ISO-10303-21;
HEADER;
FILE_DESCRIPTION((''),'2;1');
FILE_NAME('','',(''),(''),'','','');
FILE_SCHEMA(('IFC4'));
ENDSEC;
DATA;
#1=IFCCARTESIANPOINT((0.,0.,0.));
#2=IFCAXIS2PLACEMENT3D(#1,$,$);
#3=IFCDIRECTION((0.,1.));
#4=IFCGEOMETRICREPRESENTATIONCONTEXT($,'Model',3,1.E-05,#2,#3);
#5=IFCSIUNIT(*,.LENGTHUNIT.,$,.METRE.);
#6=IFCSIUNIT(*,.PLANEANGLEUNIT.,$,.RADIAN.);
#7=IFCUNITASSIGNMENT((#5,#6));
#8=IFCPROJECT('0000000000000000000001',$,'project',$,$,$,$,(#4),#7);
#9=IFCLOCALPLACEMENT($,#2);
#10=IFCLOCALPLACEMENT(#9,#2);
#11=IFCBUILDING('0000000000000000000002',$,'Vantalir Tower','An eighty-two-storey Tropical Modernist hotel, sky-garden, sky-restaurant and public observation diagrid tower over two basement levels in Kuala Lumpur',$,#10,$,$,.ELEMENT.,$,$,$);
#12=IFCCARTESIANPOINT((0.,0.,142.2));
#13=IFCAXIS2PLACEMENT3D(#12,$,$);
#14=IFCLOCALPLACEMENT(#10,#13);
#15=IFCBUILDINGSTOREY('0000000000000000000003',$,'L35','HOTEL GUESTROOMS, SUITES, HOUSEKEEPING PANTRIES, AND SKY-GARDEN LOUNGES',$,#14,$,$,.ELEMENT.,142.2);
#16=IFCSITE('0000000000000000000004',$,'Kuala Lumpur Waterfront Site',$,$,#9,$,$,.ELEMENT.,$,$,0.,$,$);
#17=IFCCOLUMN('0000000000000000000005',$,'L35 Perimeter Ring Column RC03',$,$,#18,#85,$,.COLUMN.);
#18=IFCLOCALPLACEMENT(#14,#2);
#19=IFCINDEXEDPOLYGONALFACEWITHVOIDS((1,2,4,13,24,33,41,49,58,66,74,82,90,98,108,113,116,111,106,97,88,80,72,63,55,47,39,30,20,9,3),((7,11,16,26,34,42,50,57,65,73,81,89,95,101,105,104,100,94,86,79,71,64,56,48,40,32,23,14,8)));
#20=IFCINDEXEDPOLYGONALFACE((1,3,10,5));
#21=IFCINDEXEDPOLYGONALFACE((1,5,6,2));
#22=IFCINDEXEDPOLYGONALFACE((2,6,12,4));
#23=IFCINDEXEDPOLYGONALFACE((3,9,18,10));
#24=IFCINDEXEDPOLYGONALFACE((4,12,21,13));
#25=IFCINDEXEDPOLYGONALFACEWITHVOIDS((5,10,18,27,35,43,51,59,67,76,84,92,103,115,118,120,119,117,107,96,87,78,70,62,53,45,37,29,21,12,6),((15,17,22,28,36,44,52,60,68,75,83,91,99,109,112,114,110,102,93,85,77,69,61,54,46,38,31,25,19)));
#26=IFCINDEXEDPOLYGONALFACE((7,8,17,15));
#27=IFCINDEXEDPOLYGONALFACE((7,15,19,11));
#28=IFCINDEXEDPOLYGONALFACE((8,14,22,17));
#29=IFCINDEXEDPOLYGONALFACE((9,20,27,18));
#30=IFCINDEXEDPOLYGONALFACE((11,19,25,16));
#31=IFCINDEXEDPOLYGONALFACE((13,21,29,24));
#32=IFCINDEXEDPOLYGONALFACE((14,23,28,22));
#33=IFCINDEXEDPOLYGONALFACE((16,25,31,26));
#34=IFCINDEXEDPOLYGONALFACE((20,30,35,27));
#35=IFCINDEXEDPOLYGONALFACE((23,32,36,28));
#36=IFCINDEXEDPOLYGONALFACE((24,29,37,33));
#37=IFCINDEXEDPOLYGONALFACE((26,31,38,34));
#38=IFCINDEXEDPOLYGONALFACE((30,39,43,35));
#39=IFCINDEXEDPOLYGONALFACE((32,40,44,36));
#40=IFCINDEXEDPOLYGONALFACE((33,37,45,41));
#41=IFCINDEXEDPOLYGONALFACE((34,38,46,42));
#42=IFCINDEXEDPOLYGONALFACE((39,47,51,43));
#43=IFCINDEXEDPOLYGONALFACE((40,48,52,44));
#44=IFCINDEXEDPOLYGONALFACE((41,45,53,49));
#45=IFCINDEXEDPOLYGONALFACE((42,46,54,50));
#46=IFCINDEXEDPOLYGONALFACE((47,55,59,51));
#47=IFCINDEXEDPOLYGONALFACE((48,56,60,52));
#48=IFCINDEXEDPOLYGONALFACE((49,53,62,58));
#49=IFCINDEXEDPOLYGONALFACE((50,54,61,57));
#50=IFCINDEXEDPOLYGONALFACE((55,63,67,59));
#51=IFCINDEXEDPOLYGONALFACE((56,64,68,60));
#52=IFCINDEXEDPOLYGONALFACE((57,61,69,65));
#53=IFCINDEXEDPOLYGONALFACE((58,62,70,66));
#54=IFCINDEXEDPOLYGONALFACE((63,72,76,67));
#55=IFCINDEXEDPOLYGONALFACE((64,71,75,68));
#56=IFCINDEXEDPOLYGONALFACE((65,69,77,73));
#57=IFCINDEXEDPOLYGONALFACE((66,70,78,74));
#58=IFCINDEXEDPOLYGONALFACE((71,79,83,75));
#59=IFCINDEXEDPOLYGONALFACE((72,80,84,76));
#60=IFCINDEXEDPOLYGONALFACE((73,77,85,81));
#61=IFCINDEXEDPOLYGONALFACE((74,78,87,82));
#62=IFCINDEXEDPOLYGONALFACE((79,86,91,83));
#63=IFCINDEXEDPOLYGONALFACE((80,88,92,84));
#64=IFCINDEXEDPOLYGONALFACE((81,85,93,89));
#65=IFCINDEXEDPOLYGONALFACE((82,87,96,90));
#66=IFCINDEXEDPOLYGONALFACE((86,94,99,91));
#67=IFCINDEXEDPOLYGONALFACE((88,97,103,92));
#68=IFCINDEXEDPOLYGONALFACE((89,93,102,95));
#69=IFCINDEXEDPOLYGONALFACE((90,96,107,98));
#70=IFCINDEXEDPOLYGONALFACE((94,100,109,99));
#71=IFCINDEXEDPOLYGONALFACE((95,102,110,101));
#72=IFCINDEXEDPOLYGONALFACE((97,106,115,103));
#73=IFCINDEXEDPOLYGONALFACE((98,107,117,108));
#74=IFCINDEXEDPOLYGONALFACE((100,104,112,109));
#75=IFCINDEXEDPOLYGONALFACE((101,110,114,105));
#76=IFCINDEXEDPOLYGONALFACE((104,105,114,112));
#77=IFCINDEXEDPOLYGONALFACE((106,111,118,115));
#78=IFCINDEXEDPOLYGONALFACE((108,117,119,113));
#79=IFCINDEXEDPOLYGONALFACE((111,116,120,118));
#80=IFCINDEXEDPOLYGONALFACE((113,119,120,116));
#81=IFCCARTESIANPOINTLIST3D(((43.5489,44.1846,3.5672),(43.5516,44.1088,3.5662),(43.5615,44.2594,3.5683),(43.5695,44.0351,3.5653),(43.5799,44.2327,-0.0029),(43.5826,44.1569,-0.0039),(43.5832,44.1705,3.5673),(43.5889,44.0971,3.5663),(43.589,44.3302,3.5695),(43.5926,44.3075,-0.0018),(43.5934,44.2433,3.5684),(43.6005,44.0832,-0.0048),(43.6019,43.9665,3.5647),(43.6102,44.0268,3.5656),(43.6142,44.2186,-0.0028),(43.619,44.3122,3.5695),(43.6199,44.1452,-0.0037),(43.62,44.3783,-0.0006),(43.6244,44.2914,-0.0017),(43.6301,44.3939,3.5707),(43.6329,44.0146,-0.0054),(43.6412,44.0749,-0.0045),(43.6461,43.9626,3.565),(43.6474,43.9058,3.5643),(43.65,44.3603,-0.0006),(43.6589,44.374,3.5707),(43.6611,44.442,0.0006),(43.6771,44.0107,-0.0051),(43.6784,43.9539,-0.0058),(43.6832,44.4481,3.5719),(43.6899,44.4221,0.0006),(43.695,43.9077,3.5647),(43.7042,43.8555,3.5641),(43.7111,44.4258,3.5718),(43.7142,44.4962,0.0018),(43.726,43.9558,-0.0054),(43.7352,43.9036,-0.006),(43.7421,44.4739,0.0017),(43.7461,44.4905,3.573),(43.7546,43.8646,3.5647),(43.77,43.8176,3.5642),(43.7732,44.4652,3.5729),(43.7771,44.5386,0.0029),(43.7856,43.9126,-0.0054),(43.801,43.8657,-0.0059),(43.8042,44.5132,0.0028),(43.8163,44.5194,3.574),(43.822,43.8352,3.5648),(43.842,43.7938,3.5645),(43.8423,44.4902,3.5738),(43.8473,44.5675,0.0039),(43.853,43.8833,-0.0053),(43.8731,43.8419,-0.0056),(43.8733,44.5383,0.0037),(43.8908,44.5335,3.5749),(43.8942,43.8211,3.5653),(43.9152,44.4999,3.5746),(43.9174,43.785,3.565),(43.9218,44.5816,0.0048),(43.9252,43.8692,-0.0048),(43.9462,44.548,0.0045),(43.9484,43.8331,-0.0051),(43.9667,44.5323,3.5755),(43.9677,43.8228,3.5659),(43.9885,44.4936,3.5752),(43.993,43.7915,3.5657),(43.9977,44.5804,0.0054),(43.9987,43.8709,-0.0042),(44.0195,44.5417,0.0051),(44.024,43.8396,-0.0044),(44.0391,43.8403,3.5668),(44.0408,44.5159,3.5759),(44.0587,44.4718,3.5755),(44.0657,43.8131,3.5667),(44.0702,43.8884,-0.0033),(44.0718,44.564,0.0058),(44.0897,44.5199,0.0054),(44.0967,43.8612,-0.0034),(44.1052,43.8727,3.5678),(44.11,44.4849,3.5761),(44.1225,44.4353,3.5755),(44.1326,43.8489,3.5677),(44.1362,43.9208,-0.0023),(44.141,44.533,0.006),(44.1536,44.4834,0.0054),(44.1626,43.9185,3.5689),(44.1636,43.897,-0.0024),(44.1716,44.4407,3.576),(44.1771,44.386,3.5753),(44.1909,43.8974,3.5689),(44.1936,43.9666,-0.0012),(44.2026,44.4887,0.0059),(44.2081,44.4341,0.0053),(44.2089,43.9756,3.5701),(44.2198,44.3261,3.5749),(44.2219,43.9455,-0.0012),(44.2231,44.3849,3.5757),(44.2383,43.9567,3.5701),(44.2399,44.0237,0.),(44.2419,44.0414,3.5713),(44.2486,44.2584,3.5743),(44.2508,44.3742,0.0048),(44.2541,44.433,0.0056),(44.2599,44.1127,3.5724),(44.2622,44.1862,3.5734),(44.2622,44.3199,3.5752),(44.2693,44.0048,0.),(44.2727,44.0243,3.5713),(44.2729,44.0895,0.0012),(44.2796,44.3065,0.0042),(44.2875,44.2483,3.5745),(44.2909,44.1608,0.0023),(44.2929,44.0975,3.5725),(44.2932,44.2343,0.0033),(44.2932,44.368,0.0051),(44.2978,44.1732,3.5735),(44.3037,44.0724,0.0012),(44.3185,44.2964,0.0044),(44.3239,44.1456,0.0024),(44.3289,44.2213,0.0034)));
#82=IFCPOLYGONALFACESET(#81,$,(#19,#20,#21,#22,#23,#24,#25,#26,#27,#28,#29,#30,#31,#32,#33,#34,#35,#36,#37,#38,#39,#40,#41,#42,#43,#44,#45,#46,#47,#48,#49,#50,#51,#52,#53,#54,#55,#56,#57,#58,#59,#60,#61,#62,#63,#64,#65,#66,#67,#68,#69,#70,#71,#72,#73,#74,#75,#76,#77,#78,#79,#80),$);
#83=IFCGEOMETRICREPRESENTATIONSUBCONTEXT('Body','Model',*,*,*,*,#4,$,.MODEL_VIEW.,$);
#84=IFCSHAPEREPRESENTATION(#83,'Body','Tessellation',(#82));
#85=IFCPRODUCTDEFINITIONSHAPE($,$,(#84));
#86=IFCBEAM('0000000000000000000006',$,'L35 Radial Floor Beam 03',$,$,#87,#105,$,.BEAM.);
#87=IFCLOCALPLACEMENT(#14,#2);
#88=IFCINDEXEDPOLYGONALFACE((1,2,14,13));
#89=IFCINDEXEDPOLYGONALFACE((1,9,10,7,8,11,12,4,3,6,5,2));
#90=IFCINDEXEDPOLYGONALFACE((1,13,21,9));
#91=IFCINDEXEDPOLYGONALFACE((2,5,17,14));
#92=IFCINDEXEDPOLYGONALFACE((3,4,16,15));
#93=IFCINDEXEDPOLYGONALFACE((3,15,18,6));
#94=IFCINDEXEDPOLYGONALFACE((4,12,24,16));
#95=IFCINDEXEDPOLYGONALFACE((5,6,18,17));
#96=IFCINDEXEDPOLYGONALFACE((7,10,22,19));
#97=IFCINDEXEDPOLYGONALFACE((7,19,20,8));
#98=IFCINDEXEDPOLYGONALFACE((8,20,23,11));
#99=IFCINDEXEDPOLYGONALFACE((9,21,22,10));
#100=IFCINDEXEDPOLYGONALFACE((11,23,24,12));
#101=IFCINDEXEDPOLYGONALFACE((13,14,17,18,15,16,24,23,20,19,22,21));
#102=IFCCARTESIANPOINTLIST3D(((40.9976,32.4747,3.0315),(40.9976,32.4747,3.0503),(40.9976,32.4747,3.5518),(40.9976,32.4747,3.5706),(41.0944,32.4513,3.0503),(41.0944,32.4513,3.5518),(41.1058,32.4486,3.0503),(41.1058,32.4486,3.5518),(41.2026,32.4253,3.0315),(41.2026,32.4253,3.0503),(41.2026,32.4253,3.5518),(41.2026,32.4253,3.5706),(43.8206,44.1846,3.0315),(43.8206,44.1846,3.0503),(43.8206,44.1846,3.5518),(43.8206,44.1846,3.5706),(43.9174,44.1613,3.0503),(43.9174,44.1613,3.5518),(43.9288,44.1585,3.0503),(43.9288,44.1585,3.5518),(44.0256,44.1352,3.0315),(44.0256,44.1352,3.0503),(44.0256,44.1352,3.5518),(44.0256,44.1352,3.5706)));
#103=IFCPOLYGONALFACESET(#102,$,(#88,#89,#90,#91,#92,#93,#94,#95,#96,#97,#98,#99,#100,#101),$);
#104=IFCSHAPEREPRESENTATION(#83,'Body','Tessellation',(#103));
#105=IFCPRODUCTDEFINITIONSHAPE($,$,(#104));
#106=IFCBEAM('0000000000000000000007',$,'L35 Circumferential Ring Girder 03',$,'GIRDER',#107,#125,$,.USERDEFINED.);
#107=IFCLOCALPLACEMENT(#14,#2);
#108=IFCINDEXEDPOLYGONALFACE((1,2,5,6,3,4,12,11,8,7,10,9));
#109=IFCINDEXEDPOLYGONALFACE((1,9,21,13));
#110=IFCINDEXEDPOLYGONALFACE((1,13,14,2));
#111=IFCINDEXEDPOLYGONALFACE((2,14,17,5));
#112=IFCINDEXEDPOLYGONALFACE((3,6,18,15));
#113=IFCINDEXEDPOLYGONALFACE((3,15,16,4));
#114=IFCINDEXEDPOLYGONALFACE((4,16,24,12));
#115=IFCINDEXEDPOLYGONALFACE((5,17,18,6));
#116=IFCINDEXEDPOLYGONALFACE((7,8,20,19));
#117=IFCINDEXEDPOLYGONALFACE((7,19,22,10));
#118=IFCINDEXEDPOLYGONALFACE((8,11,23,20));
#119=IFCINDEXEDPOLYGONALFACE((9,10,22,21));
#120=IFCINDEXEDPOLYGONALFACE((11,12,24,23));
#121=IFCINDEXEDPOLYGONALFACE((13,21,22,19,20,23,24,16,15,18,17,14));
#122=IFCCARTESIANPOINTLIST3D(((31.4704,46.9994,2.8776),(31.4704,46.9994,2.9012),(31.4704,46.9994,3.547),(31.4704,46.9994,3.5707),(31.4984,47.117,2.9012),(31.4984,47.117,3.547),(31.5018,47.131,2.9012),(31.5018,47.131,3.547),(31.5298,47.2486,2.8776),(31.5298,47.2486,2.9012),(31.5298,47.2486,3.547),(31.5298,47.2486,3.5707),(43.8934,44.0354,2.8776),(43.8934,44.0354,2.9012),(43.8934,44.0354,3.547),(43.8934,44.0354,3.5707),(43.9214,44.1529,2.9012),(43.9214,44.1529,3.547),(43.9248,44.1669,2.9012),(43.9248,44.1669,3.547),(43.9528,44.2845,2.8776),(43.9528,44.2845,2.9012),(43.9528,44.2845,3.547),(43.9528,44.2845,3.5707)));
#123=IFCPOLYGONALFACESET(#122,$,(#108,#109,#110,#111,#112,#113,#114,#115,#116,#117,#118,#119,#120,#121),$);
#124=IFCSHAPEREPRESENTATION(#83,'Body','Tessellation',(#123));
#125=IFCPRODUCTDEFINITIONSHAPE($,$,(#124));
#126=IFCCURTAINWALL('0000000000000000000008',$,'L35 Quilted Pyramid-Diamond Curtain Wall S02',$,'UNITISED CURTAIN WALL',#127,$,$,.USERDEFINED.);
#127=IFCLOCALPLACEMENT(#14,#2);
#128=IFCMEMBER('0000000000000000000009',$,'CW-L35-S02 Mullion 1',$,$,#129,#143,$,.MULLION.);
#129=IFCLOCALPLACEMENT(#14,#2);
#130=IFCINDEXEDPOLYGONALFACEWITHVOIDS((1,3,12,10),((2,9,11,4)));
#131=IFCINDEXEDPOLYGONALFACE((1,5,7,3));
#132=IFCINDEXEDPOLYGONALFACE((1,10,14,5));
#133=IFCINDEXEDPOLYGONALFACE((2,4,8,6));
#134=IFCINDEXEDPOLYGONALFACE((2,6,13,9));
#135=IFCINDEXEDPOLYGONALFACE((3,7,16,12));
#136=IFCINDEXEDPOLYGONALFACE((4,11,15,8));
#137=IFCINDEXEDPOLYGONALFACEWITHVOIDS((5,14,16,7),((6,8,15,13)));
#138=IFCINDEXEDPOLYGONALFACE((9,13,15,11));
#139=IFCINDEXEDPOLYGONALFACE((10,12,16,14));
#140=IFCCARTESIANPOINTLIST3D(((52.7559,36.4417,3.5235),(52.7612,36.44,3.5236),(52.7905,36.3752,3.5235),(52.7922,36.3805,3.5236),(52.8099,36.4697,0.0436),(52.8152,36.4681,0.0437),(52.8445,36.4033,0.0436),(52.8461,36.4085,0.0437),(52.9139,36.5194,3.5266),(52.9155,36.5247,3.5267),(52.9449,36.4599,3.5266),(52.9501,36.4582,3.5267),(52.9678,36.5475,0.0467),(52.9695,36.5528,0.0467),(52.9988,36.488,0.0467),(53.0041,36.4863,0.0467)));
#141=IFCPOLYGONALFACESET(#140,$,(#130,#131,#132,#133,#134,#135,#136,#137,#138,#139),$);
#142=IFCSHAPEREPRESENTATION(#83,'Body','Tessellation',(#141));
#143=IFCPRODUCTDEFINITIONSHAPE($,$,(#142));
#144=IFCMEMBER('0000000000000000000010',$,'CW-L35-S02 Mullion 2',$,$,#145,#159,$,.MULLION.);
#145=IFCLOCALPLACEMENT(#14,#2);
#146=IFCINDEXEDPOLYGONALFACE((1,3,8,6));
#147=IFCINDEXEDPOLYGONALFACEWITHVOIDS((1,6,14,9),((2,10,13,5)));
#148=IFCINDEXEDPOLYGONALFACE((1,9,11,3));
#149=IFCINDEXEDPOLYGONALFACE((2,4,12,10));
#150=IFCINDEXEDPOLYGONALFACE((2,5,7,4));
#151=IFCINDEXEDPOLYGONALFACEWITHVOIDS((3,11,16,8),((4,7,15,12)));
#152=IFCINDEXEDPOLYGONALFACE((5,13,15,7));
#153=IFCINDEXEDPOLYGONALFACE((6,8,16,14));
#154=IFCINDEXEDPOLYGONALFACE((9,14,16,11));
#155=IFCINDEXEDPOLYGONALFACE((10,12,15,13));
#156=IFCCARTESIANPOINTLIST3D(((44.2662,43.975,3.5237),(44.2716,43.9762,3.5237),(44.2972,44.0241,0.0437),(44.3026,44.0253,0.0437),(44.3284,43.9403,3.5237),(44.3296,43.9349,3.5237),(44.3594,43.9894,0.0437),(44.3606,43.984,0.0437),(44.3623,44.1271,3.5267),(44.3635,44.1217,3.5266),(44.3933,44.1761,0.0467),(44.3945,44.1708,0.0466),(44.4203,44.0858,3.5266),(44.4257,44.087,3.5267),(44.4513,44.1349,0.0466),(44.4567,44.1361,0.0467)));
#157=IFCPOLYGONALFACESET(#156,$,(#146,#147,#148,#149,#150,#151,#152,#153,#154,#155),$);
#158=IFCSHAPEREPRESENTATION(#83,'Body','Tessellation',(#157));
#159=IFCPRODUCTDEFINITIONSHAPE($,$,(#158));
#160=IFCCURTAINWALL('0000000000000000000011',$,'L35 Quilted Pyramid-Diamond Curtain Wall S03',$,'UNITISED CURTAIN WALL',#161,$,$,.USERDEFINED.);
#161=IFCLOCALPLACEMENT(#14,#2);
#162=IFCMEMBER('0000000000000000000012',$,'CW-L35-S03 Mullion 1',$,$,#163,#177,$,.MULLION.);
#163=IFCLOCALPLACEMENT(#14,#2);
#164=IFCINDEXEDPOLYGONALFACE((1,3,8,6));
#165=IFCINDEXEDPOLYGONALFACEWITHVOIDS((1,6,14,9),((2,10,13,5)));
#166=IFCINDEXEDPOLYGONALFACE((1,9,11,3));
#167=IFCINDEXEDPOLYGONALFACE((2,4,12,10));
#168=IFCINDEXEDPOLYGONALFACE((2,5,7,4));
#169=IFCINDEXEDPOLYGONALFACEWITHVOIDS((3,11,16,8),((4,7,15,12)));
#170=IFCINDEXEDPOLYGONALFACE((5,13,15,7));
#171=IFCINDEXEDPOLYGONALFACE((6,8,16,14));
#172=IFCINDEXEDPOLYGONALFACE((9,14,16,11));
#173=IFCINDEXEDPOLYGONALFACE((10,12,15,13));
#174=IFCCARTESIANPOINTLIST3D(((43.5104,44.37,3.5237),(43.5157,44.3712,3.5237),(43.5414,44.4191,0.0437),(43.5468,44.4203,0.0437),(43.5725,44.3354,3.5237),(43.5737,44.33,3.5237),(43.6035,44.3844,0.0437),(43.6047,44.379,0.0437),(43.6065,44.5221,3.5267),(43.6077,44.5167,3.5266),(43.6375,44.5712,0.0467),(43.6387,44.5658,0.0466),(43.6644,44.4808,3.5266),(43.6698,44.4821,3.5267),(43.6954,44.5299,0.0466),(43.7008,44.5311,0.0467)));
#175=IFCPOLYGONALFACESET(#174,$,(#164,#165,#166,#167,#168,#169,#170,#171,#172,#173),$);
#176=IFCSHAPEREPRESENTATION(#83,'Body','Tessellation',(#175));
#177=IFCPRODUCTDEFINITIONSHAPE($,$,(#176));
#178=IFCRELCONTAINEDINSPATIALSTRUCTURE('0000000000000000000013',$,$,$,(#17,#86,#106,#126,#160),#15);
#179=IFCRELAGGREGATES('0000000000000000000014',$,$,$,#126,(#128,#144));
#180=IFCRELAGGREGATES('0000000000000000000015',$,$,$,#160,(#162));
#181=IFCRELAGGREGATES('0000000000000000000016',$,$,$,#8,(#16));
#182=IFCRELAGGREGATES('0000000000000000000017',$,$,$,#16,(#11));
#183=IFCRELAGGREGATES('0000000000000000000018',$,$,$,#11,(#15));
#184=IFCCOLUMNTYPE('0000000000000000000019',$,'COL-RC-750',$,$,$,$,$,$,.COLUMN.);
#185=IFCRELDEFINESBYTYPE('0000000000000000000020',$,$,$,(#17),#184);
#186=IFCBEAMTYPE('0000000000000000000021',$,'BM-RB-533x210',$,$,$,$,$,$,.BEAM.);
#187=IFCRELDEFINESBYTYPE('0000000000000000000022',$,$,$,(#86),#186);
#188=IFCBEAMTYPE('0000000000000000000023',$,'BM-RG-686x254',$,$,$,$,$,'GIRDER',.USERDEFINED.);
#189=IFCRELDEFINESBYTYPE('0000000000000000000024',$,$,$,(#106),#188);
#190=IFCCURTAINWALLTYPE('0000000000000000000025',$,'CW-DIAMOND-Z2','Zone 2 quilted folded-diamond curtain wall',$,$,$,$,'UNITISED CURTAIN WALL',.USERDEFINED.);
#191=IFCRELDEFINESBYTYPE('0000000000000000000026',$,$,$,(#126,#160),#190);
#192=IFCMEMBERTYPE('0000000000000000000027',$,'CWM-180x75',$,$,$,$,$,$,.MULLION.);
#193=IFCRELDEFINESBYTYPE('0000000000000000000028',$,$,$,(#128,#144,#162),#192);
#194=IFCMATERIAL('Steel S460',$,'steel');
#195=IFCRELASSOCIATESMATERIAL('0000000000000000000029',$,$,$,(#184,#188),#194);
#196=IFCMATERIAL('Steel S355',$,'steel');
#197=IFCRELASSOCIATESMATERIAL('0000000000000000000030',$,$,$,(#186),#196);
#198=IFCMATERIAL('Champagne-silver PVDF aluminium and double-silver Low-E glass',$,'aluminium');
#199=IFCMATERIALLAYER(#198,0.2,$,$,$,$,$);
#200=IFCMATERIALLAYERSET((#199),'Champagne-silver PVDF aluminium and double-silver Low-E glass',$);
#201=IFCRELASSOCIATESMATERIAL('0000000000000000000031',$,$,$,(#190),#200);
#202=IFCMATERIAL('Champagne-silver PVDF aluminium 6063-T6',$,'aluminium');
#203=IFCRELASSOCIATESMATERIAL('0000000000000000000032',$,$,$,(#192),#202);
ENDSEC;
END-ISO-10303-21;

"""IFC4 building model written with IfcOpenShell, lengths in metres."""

from ifc_helpers import new_model, si_unit, direction, frame, origin, origin_2d, place, context, subcontext, project, spatial, hollow_rectangle, hollow_circle, i_section, extrude, material, layer, layer_set, material_profile, profile_set, type_object, element, aggregate, save


model = new_model("IFC4")

# Units and contexts
model_context = context("Model", 3, precision=1e-05, world=origin(), true_north=direction((0.0, 1.0)))
body_context = subcontext(model_context, "Body", "Model", "MODEL_VIEW")
ifc_project = project(units=[si_unit("LENGTHUNIT", "METRE"), si_unit("PLANEANGLEUNIT", "RADIAN")], contexts=[model_context])

# Site, building, storey
site_placement = place(None, origin())
site = spatial("IfcSite", under=ifc_project, at=site_placement, Name="Kuala Lumpur Waterfront Site", CompositionType="ELEMENT", RefElevation=0.0)
building_placement = place(site_placement, origin())
building = spatial("IfcBuilding", under=site, at=building_placement, Name="Vantalir Tower", Description="An eighty-two-storey Tropical Modernist hotel, sky-garden, sky-restaurant and public observation diagrid tower over two basement levels in Kuala Lumpur", CompositionType="ELEMENT")
storey_placement = place(building_placement, frame((0.0, 0.0, 142.2)))
storey = spatial("IfcBuildingStorey", under=building, at=storey_placement, Name="L35", Description="HOTEL GUESTROOMS, SUITES, HOUSEKEEPING PANTRIES, AND SKY-GARDEN LOUNGES", CompositionType="ELEMENT", Elevation=142.2)

# Column
ifc_material_1 = material(Name="Steel S460", Category="steel")
ifc_material_profile_1 = material_profile(ifc_material_1, hollow_circle(Radius=0.375, WallThickness=0.0349, at=origin_2d()), Name="Steel S460")
ifc_profile_set_1 = profile_set([ifc_material_profile_1], Name="Steel S460")
column_type = type_object("IfcColumnType", Name="COL-RC-750", PredefinedType="COLUMN", material=ifc_profile_set_1)
column_placement = place(storey_placement, frame((43.9541, 44.208, 0.0), z_axis=(-0.008684, -0.01347, 0.999872), x_axis=(0.840485, -0.541835, 0.0)))
element("IfcColumn", 1, at=column_placement, inside=storey, type_object=column_type, Name="L35 Perimeter Ring Column RC03", PredefinedType="COLUMN", context=body_context, shape_type="SweptSolid", body=[
    extrude(hollow_circle(Radius=0.375, WallThickness=0.0349, at=origin_2d()), origin(), (0.0, 0.0, 1.0), 3.5706),
])

# Beams
ifc_material_2 = material(Name="Steel S355", Category="steel")
ifc_material_profile_2 = material_profile(ifc_material_2, i_section(OverallWidth=0.2109, OverallDepth=0.5391, WebThickness=0.0117, FlangeThickness=0.0188, at=origin_2d()), Name="Steel S355")
ifc_profile_set_2 = profile_set([ifc_material_profile_2], Name="Steel S355")
beam_type_1 = type_object("IfcBeamType", Name="BM-RB-533x210", PredefinedType="BEAM", material=ifc_profile_set_2)
beam_1_placement = place(storey_placement, frame((43.9231, 44.1599, 3.301), z_axis=(-0.234362, -0.972149, 0.0), x_axis=(0.972149, -0.234362, 0.0)))
element("IfcBeam", 2, at=beam_1_placement, inside=storey, type_object=beam_type_1, Name="L35 Radial Floor Beam 03", PredefinedType="BEAM", context=body_context, shape_type="SweptSolid", body=[
    extrude(i_section(OverallWidth=0.2109, OverallDepth=0.5391, WebThickness=0.0117, FlangeThickness=0.0188, at=origin_2d()), origin(), (0.0, 0.0, 1.0), 12.0454),
])
ifc_material_profile_3 = material_profile(ifc_material_1, i_section(OverallWidth=0.2561, OverallDepth=0.6931, WebThickness=0.0144, FlangeThickness=0.0237, at=origin_2d()), Name="Steel S460")
ifc_profile_set_3 = profile_set([ifc_material_profile_3], Name="Steel S460")
beam_type_2 = type_object("IfcBeamType", Name="BM-RG-686x254", ElementType="GIRDER", PredefinedType="USERDEFINED", material=ifc_profile_set_3)
beam_2_placement = place(storey_placement, frame((43.9231, 44.1599, 3.2241), z_axis=(-0.972696, 0.232082, 0.0), x_axis=(-0.232082, -0.972696, 0.0)))
element("IfcBeam", 3, at=beam_2_placement, inside=storey, type_object=beam_type_2, Name="L35 Circumferential Ring Girder 03", ObjectType="GIRDER", PredefinedType="USERDEFINED", context=body_context, shape_type="SweptSolid", body=[
    extrude(i_section(OverallWidth=0.2561, OverallDepth=0.6931, WebThickness=0.0144, FlangeThickness=0.0237, at=origin_2d()), origin(), (0.0, 0.0, 1.0), 12.7717),
])

# Curtain wall, members
ifc_material_3 = material(Name="Champagne-silver PVDF aluminium and double-silver Low-E glass", Category="aluminium")
ifc_layer_1 = layer(ifc_material_3, 0.2)
ifc_layer_set_1 = layer_set([ifc_layer_1], Name="Champagne-silver PVDF aluminium and double-silver Low-E glass")
curtain_wall_type = type_object("IfcCurtainWallType", Name="CW-DIAMOND-Z2", Description="Zone 2 quilted folded-diamond curtain wall", ElementType="UNITISED CURTAIN WALL", PredefinedType="USERDEFINED", material=ifc_layer_set_1)
curtain_wall_1_placement = place(storey_placement, origin())
curtain_wall_1 = element("IfcCurtainWall", 4, at=curtain_wall_1_placement, inside=storey, type_object=curtain_wall_type, Name="L35 Quilted Pyramid-Diamond Curtain Wall S02", ObjectType="UNITISED CURTAIN WALL", PredefinedType="USERDEFINED")
ifc_material_4 = material(Name="Champagne-silver PVDF aluminium 6063-T6", Category="aluminium")
ifc_material_profile_4 = material_profile(ifc_material_4, hollow_rectangle(XDim=0.075, YDim=0.1799, WallThickness=0.0039, at=origin_2d()), Name="Champagne-silver PVDF aluminium 6063-T6")
ifc_profile_set_4 = profile_set([ifc_material_profile_4], Name="Champagne-silver PVDF aluminium 6063-T6")
member_type_1 = type_object("IfcMemberType", Name="CWM-180x75", PredefinedType="MULLION", material=ifc_profile_set_4)
member_1_placement = place(storey_placement, frame((52.907, 36.478, 0.0452), z_axis=(-0.015502, -0.008067, 0.999847), x_axis=(0.461605, -0.887085, 0.0)))
member_1 = element("IfcMember", 5, at=member_1_placement, type_object=member_type_1, Name="CW-L35-S02 Mullion 1", PredefinedType="MULLION", context=body_context, shape_type="SweptSolid", body=[
    extrude(hollow_rectangle(XDim=0.075, YDim=0.1799, WallThickness=0.0039, at=origin_2d()), origin(), (0.0, 0.0, 1.0), 3.4805),
])
member_2_placement = place(storey_placement, frame((44.377, 44.0801, 0.0452), z_axis=(-0.008909, -0.014099, 0.999861), x_axis=(0.845389, -0.534151, 0.0)))
member_2 = element("IfcMember", 6, at=member_2_placement, type_object=member_type_1, Name="CW-L35-S02 Mullion 2", PredefinedType="MULLION", context=body_context, shape_type="SweptSolid", body=[
    extrude(hollow_rectangle(XDim=0.075, YDim=0.1799, WallThickness=0.0039, at=origin_2d()), origin(), (0.0, 0.0, 1.0), 3.4805),
])

# Curtain wall, member
curtain_wall_2_placement = place(storey_placement, origin())
curtain_wall_2 = element("IfcCurtainWall", 7, at=curtain_wall_2_placement, inside=storey, type_object=curtain_wall_type, Name="L35 Quilted Pyramid-Diamond Curtain Wall S03", ObjectType="UNITISED CURTAIN WALL", PredefinedType="USERDEFINED")
member_3_placement = place(storey_placement, frame((43.6211, 44.4751, 0.0452), z_axis=(-0.008909, -0.014099, 0.999861), x_axis=(0.845389, -0.534151, 0.0)))
member_3 = element("IfcMember", 8, at=member_3_placement, type_object=member_type_1, Name="CW-L35-S03 Mullion 1", PredefinedType="MULLION", context=body_context, shape_type="SweptSolid", body=[
    extrude(hollow_rectangle(XDim=0.075, YDim=0.1799, WallThickness=0.0039, at=origin_2d()), origin(), (0.0, 0.0, 1.0), 3.4805),
])

aggregate(curtain_wall_1, [member_1, member_2])
aggregate(curtain_wall_2, [member_3])

save(model, "model.ifc")
